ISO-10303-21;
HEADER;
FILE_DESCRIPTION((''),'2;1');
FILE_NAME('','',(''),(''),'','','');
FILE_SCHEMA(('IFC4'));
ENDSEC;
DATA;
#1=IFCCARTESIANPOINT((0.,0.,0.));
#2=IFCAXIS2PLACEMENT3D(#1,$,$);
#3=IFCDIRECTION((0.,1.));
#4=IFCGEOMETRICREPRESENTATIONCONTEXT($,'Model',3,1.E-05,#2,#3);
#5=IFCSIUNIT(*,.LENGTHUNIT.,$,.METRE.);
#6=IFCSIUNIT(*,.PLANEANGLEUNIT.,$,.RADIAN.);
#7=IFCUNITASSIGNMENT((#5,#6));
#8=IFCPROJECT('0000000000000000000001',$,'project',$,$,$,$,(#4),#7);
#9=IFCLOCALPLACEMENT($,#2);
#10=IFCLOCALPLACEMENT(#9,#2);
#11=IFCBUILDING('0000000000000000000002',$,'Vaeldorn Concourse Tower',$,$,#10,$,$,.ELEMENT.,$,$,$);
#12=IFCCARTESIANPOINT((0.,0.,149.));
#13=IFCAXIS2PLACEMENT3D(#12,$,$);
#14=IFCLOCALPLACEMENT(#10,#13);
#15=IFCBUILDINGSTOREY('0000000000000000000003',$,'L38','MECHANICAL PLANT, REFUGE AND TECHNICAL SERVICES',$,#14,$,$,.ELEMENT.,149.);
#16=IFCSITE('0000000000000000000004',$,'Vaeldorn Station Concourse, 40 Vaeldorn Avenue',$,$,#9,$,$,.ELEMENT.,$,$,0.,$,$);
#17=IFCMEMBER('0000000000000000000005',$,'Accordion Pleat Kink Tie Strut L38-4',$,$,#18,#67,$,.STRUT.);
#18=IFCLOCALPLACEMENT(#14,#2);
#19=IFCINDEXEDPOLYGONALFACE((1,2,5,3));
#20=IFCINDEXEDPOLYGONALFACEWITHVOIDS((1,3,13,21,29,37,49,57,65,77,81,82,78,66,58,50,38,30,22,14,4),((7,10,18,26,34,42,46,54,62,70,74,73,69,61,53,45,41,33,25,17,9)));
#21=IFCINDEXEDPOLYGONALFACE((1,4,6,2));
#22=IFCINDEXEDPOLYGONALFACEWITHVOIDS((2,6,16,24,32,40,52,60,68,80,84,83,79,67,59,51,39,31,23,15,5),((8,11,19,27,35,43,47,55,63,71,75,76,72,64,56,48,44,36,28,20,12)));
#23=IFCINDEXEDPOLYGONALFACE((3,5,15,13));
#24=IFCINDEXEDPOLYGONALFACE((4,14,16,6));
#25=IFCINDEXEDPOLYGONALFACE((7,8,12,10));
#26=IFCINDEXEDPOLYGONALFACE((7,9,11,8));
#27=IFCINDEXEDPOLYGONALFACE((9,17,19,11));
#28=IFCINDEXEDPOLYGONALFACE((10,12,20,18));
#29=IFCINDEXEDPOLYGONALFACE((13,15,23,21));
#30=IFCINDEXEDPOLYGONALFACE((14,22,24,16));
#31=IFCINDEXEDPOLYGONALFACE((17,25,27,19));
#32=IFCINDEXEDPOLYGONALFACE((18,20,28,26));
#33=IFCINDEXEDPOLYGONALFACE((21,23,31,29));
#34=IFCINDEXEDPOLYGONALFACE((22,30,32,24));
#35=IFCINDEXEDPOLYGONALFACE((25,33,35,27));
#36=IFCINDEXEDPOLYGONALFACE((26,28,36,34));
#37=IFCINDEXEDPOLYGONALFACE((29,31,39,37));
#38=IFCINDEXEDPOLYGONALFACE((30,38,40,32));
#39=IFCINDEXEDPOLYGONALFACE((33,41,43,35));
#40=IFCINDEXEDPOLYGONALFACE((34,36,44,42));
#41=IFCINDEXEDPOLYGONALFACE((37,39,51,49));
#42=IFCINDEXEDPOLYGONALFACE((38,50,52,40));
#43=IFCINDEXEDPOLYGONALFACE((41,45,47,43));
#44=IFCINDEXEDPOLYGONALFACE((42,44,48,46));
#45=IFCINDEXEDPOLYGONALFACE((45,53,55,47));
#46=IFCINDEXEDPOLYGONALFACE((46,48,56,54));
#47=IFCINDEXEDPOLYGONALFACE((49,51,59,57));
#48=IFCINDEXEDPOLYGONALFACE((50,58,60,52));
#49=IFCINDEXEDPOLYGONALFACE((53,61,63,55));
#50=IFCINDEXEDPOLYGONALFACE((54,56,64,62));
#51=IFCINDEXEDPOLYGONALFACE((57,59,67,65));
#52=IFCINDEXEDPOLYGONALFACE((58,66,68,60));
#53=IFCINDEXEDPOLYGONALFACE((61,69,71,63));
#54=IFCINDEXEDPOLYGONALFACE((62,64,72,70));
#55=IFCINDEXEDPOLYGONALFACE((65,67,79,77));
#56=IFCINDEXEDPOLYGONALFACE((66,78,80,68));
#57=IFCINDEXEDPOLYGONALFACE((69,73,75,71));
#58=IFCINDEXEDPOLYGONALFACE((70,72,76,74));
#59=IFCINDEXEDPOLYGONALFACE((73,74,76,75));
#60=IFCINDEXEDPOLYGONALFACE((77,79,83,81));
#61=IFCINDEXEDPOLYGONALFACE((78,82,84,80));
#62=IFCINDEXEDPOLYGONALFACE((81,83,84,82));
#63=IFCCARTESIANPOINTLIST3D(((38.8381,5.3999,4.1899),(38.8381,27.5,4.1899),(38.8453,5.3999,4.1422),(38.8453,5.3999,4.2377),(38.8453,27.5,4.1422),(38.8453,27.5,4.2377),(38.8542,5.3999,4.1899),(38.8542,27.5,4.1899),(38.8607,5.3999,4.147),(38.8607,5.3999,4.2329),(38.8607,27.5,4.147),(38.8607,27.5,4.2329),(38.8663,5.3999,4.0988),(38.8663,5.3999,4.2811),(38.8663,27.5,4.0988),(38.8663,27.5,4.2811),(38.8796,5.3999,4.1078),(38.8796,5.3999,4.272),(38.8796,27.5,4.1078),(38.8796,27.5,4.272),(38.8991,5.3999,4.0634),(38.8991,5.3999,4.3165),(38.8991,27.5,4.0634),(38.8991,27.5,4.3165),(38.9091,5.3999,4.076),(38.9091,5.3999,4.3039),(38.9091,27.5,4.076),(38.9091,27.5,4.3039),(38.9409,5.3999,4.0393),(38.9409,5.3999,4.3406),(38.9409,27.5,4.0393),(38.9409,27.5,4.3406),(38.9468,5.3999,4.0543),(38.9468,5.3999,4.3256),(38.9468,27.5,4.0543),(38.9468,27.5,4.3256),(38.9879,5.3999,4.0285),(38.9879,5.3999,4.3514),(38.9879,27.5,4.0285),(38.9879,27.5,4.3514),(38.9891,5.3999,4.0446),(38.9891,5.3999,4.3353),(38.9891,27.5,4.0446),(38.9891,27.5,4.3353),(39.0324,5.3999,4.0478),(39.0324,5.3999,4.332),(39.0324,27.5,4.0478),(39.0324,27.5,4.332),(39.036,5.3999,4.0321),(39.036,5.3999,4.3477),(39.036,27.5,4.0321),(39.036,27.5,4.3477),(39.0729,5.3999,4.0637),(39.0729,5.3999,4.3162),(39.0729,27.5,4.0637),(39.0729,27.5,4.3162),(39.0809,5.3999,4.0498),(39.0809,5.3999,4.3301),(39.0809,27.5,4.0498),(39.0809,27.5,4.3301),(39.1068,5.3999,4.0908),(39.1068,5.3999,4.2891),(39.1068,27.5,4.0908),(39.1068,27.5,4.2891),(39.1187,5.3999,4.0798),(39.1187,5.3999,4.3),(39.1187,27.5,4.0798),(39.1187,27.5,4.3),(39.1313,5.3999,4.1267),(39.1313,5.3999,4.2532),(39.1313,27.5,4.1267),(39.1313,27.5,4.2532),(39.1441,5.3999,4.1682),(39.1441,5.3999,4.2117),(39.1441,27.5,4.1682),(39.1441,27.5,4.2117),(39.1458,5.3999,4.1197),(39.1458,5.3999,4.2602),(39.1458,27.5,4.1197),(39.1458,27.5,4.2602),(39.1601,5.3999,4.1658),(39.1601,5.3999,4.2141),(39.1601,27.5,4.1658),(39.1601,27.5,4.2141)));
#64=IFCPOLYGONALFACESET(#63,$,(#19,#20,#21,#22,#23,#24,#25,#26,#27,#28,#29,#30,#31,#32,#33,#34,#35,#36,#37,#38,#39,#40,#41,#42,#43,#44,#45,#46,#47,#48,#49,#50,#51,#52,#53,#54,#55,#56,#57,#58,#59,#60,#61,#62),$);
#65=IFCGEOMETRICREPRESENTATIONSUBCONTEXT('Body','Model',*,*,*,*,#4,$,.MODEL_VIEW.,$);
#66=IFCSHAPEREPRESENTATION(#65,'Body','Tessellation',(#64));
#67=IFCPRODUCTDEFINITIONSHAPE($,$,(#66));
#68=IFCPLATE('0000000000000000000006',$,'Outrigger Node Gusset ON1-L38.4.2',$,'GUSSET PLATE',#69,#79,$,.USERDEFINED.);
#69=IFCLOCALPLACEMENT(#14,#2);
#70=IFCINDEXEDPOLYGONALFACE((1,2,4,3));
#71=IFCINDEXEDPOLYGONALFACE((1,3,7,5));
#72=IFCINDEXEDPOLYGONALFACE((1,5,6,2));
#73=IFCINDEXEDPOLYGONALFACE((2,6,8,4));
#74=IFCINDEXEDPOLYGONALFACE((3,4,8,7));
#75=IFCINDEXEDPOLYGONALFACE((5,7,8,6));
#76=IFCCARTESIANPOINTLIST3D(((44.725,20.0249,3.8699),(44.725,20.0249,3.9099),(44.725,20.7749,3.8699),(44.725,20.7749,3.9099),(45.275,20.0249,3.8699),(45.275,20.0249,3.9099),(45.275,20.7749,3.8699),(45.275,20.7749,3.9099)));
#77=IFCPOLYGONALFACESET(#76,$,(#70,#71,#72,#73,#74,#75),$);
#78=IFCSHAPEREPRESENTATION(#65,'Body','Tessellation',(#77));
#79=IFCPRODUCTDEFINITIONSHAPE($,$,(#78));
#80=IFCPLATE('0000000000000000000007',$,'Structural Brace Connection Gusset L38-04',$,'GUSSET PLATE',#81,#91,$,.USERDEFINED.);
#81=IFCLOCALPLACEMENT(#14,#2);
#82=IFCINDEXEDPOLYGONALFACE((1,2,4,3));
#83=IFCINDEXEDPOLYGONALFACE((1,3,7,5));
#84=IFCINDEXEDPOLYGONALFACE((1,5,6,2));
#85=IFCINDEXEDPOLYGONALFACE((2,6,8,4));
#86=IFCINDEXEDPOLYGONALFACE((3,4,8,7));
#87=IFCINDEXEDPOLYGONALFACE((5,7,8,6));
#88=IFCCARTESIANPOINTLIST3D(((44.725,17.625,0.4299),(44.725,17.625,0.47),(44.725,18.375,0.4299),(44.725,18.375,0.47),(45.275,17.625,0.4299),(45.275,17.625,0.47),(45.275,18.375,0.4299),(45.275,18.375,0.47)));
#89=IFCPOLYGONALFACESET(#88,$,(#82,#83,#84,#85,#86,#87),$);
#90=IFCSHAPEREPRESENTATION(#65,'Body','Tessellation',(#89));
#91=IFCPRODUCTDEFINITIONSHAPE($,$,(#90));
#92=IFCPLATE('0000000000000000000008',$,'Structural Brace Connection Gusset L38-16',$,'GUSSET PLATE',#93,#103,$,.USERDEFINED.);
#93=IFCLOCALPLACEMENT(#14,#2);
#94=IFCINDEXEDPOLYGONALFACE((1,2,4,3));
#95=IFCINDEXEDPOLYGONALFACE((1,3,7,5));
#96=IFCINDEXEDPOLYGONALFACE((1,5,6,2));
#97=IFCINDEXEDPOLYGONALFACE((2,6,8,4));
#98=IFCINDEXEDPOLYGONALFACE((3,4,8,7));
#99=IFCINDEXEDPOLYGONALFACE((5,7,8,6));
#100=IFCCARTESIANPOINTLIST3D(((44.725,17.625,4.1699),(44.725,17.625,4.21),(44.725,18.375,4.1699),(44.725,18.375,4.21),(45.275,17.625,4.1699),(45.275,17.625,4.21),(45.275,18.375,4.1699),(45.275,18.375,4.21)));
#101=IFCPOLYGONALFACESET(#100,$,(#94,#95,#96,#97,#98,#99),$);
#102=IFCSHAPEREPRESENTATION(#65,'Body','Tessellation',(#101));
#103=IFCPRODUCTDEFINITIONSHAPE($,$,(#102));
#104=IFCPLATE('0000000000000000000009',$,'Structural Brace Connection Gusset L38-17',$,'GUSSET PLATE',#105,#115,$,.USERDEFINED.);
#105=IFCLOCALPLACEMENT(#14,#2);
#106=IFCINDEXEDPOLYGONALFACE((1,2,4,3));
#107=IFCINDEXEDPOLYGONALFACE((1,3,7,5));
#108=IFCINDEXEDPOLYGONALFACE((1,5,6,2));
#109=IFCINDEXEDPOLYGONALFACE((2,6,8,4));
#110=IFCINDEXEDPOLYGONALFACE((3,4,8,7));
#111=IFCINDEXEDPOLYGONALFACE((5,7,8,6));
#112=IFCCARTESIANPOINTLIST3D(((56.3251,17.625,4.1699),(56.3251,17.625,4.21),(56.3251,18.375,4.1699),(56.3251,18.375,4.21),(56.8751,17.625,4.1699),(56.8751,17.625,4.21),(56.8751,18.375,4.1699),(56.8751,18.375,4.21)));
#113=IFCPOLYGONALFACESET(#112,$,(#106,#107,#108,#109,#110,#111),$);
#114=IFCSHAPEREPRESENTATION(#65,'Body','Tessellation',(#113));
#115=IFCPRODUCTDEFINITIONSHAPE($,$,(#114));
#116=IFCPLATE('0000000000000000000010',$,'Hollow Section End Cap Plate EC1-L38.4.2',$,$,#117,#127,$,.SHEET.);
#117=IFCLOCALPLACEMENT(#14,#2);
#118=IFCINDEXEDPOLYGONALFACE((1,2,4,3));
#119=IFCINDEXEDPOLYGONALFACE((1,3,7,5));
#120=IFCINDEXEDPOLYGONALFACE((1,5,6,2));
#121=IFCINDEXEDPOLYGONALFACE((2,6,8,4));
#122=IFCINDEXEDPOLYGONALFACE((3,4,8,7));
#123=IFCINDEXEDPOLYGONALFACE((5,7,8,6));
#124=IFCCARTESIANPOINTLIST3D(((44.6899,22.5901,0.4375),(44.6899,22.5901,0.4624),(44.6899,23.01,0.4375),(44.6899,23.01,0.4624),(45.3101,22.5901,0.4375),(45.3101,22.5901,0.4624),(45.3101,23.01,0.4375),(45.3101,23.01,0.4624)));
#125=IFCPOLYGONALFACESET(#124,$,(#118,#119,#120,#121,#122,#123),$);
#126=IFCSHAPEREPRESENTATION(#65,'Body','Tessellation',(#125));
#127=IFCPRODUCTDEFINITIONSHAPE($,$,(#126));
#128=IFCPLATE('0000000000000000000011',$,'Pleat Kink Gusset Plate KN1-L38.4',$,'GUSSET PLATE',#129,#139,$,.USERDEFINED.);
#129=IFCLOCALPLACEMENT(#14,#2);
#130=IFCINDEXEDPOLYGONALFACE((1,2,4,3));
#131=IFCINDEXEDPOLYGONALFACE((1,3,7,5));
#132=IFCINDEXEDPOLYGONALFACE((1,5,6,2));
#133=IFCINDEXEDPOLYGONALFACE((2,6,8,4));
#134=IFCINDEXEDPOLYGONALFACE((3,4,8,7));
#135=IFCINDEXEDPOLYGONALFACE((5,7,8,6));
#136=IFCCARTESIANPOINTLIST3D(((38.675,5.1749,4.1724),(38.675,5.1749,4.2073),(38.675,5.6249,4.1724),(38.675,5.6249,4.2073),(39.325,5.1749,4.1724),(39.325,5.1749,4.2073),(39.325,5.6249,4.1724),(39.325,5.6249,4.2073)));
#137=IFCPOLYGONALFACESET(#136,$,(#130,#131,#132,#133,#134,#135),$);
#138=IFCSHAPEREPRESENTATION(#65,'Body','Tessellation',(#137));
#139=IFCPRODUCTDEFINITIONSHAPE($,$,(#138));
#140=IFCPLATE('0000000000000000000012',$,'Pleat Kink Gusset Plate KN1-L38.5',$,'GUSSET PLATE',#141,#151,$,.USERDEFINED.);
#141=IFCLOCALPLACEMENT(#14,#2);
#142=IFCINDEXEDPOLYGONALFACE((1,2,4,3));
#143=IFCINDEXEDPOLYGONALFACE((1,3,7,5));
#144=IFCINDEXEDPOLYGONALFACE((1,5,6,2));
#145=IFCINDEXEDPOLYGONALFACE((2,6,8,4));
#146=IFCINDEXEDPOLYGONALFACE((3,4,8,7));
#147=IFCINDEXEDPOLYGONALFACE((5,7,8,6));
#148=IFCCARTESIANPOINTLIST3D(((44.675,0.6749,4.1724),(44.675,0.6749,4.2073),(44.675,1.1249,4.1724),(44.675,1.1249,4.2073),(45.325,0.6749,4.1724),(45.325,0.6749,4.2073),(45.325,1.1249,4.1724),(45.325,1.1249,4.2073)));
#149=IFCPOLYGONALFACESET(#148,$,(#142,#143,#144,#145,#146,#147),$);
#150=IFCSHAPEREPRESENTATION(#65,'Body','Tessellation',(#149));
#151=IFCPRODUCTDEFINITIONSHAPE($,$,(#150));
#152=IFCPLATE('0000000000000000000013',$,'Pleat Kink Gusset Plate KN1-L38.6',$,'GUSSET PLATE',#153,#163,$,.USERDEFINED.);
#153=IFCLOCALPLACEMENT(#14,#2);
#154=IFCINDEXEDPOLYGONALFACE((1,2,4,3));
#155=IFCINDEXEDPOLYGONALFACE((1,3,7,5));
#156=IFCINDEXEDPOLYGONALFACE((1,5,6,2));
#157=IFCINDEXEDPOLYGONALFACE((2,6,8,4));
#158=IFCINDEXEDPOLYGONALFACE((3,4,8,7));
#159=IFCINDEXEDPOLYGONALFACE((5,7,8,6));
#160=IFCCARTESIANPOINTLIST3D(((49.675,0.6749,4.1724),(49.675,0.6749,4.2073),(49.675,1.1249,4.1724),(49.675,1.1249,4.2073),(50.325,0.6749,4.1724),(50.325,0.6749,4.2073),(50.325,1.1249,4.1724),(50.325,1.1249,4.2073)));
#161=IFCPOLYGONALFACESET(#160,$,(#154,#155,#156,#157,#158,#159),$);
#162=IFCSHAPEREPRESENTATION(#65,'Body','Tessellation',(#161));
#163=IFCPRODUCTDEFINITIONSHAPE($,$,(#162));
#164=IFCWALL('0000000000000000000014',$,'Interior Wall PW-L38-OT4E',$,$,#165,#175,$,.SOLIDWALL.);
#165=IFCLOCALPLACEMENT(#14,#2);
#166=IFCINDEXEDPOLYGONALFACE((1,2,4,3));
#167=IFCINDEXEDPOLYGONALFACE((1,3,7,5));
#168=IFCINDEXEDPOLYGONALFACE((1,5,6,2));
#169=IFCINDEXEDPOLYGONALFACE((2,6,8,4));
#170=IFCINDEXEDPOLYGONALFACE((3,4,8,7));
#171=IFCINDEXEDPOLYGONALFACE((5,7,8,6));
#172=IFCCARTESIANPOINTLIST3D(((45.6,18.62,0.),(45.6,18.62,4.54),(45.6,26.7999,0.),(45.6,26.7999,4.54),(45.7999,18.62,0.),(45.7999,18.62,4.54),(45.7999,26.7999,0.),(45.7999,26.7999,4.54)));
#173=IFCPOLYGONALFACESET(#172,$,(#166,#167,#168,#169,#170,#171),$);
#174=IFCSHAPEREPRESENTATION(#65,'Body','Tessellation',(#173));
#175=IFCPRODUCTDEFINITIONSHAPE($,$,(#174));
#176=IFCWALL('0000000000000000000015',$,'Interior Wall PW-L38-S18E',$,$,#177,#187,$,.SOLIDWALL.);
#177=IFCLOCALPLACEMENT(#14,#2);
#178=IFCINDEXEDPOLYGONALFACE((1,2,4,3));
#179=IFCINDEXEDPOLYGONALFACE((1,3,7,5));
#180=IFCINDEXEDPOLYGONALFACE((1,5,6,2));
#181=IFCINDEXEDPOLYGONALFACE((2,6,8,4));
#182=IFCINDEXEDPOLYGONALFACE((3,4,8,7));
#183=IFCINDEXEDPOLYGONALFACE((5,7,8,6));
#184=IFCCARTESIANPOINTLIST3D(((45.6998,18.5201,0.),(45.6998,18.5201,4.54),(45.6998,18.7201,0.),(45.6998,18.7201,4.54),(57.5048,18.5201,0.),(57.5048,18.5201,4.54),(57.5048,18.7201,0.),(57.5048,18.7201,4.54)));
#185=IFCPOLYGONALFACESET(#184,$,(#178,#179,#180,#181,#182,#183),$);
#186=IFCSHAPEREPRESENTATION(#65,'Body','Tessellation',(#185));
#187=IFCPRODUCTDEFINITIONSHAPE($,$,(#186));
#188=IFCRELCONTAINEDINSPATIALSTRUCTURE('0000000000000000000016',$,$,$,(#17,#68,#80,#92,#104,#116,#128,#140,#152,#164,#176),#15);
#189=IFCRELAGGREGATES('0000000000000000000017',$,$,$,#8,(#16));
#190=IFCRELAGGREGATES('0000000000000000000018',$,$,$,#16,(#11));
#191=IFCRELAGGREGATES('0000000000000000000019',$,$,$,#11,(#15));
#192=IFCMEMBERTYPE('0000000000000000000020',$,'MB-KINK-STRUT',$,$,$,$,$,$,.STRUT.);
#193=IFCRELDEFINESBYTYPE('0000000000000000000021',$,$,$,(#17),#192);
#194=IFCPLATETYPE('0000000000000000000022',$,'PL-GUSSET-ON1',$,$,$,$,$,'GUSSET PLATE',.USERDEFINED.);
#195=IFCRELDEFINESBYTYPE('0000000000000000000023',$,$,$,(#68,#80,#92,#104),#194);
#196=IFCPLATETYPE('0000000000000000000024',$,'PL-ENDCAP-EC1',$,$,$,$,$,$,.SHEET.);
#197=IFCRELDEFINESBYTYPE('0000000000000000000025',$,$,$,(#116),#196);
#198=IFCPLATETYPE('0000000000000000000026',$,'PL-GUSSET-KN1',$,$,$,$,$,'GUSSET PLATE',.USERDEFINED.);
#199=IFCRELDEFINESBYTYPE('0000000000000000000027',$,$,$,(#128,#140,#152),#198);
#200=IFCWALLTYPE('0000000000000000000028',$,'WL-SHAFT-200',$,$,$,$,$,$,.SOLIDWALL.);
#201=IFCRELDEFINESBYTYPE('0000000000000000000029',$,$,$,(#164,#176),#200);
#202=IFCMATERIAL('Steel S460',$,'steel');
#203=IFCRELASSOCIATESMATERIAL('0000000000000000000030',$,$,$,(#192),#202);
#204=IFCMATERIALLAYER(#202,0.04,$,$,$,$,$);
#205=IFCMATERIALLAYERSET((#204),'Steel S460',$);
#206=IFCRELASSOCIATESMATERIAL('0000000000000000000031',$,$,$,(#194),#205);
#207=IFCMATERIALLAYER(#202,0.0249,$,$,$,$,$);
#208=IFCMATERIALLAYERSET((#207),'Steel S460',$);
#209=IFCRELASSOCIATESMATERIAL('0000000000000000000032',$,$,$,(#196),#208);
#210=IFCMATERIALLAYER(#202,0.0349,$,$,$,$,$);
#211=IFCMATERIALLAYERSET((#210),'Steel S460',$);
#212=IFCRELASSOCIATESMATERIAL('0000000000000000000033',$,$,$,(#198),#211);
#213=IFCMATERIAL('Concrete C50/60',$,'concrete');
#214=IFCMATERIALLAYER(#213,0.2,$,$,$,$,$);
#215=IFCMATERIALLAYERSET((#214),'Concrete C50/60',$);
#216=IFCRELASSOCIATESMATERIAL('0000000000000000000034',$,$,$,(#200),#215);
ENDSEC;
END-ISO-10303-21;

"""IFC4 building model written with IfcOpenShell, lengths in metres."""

from ifc_helpers import new_model, si_unit, direction, frame, frame_2d, origin, origin_2d, place, context, subcontext, project, spatial, rectangle, hollow_circle, extrude, source, transform, mapped, material, layer, layer_set, material_profile, profile_set, type_object, element, save


model = new_model("IFC4")

# Units and contexts
model_context = context("Model", 3, precision=1e-05, world=origin(), true_north=direction((0.0, 1.0)))
body_context = subcontext(model_context, "Body", "Model", "MODEL_VIEW")
ifc_project = project(units=[si_unit("LENGTHUNIT", "METRE"), si_unit("PLANEANGLEUNIT", "RADIAN")], contexts=[model_context])

# Site, building, storey
site_placement = place(None, origin())
site = spatial("IfcSite", under=ifc_project, at=site_placement, Name="Vaeldorn Station Concourse, 40 Vaeldorn Avenue", CompositionType="ELEMENT", RefElevation=0.0)
building_placement = place(site_placement, origin())
building = spatial("IfcBuilding", under=site, at=building_placement, Name="Vaeldorn Concourse Tower", CompositionType="ELEMENT")
storey_placement = place(building_placement, frame((0.0, 0.0, 149.0)))
storey = spatial("IfcBuildingStorey", under=building, at=storey_placement, Name="L38", Description="MECHANICAL PLANT, REFUGE AND TECHNICAL SERVICES", CompositionType="ELEMENT", Elevation=149.0)

# Shared definitions
ifc_material_1 = material(Name="Steel S460", Category="steel")

# Member
ifc_material_profile_1 = material_profile(ifc_material_1, hollow_circle(Radius=0.1619, WallThickness=0.0161, at=origin_2d()), Name="CHS 323.9x16")
ifc_profile_set_1 = profile_set([ifc_material_profile_1], Name="Steel S460")
member_type_1 = type_object("IfcMemberType", Name="MB-KINK-STRUT", PredefinedType="STRUT", material=ifc_profile_set_1)
shared_shape_1 = source(origin(), body_context, "Body", "SweptSolid", [
    extrude(hollow_circle(Radius=0.1619, WallThickness=0.0161, at=origin_2d()), origin(), (0.0, 0.0, 1.0), 22.1001),
])
member_1_placement = place(storey_placement, frame((39.0, 5.3999, 4.1899), z_axis=(0.0, 1.0, 0.0), x_axis=(-1.0, 0.0, 0.0)))
element("IfcMember", 1, at=member_1_placement, inside=storey, type_object=member_type_1, Name="Accordion Pleat Kink Tie Strut L38-4", PredefinedType="STRUT", context=body_context, shape_type="MappedRepresentation", body=[
    mapped(shared_shape_1, transform((0.0, 0.0, 0.0), scale=1.0)),
])

# Plates
ifc_layer_1 = layer(ifc_material_1, 0.04)
ifc_layer_set_1 = layer_set([ifc_layer_1], Name="Steel S460")
plate_type_1 = type_object("IfcPlateType", Name="PL-GUSSET-ON1", ElementType="GUSSET PLATE", PredefinedType="USERDEFINED", material=ifc_layer_set_1)
shared_shape_2 = source(origin(), body_context, "Body", "SweptSolid", [
    extrude(rectangle(XDim=0.75, YDim=0.55, at=origin_2d()), origin(), (0.0, 0.0, 1.0), 0.04),
])
for number, where, z_axis, x_axis, name in (
    (2, (45.0, 20.3999, 3.8699), (0.0, 0.0, 1.0), (0.0, 1.0, 0.0), "Outrigger Node Gusset ON1-L38.4.2"),
    (3, (45.0, 18.0, 0.4299), (0.0, 0.0, 1.0), (0.0, 1.0, 0.0), "Structural Brace Connection Gusset L38-04"),
    (4, (45.0, 18.0, 4.1699), (0.0, 0.0, 1.0), (0.0, 1.0, 0.0), "Structural Brace Connection Gusset L38-16"),
    (5, (56.6001, 18.0, 4.1699), (0.0, 0.0, 1.0), (0.0, 1.0, 0.0), "Structural Brace Connection Gusset L38-17"),
):
    element("IfcPlate", number, at=place(storey_placement, frame(where, z_axis=z_axis, x_axis=x_axis)), inside=storey, type_object=plate_type_1, Name=name, ObjectType="GUSSET PLATE", PredefinedType="USERDEFINED", context=body_context, shape_type="MappedRepresentation", body=[
        mapped(shared_shape_2, transform((0.0, 0.0, 0.0), scale=1.0)),
    ])
ifc_layer_2 = layer(ifc_material_1, 0.0249)
ifc_layer_set_2 = layer_set([ifc_layer_2], Name="Steel S460")
plate_type_2 = type_object("IfcPlateType", Name="PL-ENDCAP-EC1", PredefinedType="SHEET", material=ifc_layer_set_2)
shared_shape_3 = source(origin(), body_context, "Body", "SweptSolid", [
    extrude(rectangle(XDim=0.6201, YDim=0.4199, at=origin_2d()), origin(), (0.0, 0.0, 1.0), 0.0249),
])
plate_placement = place(storey_placement, frame((45.0, 22.8, 0.4375), z_axis=(0.0, 0.0, 1.0), x_axis=(1.0, 0.0, 0.0)))
element("IfcPlate", 6, at=plate_placement, inside=storey, type_object=plate_type_2, Name="Hollow Section End Cap Plate EC1-L38.4.2", PredefinedType="SHEET", context=body_context, shape_type="MappedRepresentation", body=[
    mapped(shared_shape_3, transform((0.0, 0.0, 0.0), scale=1.0)),
])
ifc_layer_3 = layer(ifc_material_1, 0.0349)
ifc_layer_set_3 = layer_set([ifc_layer_3], Name="Steel S460")
plate_type_3 = type_object("IfcPlateType", Name="PL-GUSSET-KN1", ElementType="GUSSET PLATE", PredefinedType="USERDEFINED", material=ifc_layer_set_3)
shared_shape_4 = source(origin(), body_context, "Body", "SweptSolid", [
    extrude(rectangle(XDim=0.6499, YDim=0.45, at=origin_2d()), origin(), (0.0, 0.0, 1.0), 0.0349),
])
for number, where, z_axis, x_axis, name in (
    (7, (39.0, 5.3999, 4.1724), (0.0, 0.0, 1.0), (1.0, 0.0, 0.0), "Pleat Kink Gusset Plate KN1-L38.4"),
    (8, (45.0, 0.8999, 4.1724), (0.0, 0.0, 1.0), (1.0, 0.0, 0.0), "Pleat Kink Gusset Plate KN1-L38.5"),
    (9, (50.0, 0.8999, 4.1724), (0.0, 0.0, 1.0), (1.0, 0.0, 0.0), "Pleat Kink Gusset Plate KN1-L38.6"),
):
    element("IfcPlate", number, at=place(storey_placement, frame(where, z_axis=z_axis, x_axis=x_axis)), inside=storey, type_object=plate_type_3, Name=name, ObjectType="GUSSET PLATE", PredefinedType="USERDEFINED", context=body_context, shape_type="MappedRepresentation", body=[
        mapped(shared_shape_4, transform((0.0, 0.0, 0.0), scale=1.0)),
    ])

# Walls
ifc_material_2 = material(Name="Concrete C50/60", Category="concrete")
ifc_layer_4 = layer(ifc_material_2, 0.2)
ifc_layer_set_4 = layer_set([ifc_layer_4], Name="Concrete C50/60")
wall_type = type_object("IfcWallType", Name="WL-SHAFT-200", PredefinedType="SOLIDWALL", material=ifc_layer_set_4)
wall_1_placement = place(storey_placement, frame((45.7, 18.6201, 0.0), z_axis=(0.0, 0.0, 1.0), x_axis=(0.0, 1.0, 0.0)))
element("IfcWall", 10, at=wall_1_placement, inside=storey, type_object=wall_type, Name="Interior Wall PW-L38-OT4E", PredefinedType="SOLIDWALL", context=body_context, shape_type="SweptSolid", body=[
    extrude(rectangle(XDim=8.1799, YDim=0.2, at=frame_2d((4.0898, 0.0))), origin(), (0.0, 0.0, 1.0), 4.54),
])
wall_2_placement = place(storey_placement, frame((45.7, 18.6201, 0.0), z_axis=(0.0, 0.0, 1.0), x_axis=(1.0, 0.0, 0.0)))
element("IfcWall", 11, at=wall_2_placement, inside=storey, type_object=wall_type, Name="Interior Wall PW-L38-S18E", PredefinedType="SOLIDWALL", context=body_context, shape_type="SweptSolid", body=[
    extrude(rectangle(XDim=11.8049, YDim=0.2, at=frame_2d((5.9023, 0.0))), origin(), (0.0, 0.0, 1.0), 4.54),
])

save(model, "model.ifc")
